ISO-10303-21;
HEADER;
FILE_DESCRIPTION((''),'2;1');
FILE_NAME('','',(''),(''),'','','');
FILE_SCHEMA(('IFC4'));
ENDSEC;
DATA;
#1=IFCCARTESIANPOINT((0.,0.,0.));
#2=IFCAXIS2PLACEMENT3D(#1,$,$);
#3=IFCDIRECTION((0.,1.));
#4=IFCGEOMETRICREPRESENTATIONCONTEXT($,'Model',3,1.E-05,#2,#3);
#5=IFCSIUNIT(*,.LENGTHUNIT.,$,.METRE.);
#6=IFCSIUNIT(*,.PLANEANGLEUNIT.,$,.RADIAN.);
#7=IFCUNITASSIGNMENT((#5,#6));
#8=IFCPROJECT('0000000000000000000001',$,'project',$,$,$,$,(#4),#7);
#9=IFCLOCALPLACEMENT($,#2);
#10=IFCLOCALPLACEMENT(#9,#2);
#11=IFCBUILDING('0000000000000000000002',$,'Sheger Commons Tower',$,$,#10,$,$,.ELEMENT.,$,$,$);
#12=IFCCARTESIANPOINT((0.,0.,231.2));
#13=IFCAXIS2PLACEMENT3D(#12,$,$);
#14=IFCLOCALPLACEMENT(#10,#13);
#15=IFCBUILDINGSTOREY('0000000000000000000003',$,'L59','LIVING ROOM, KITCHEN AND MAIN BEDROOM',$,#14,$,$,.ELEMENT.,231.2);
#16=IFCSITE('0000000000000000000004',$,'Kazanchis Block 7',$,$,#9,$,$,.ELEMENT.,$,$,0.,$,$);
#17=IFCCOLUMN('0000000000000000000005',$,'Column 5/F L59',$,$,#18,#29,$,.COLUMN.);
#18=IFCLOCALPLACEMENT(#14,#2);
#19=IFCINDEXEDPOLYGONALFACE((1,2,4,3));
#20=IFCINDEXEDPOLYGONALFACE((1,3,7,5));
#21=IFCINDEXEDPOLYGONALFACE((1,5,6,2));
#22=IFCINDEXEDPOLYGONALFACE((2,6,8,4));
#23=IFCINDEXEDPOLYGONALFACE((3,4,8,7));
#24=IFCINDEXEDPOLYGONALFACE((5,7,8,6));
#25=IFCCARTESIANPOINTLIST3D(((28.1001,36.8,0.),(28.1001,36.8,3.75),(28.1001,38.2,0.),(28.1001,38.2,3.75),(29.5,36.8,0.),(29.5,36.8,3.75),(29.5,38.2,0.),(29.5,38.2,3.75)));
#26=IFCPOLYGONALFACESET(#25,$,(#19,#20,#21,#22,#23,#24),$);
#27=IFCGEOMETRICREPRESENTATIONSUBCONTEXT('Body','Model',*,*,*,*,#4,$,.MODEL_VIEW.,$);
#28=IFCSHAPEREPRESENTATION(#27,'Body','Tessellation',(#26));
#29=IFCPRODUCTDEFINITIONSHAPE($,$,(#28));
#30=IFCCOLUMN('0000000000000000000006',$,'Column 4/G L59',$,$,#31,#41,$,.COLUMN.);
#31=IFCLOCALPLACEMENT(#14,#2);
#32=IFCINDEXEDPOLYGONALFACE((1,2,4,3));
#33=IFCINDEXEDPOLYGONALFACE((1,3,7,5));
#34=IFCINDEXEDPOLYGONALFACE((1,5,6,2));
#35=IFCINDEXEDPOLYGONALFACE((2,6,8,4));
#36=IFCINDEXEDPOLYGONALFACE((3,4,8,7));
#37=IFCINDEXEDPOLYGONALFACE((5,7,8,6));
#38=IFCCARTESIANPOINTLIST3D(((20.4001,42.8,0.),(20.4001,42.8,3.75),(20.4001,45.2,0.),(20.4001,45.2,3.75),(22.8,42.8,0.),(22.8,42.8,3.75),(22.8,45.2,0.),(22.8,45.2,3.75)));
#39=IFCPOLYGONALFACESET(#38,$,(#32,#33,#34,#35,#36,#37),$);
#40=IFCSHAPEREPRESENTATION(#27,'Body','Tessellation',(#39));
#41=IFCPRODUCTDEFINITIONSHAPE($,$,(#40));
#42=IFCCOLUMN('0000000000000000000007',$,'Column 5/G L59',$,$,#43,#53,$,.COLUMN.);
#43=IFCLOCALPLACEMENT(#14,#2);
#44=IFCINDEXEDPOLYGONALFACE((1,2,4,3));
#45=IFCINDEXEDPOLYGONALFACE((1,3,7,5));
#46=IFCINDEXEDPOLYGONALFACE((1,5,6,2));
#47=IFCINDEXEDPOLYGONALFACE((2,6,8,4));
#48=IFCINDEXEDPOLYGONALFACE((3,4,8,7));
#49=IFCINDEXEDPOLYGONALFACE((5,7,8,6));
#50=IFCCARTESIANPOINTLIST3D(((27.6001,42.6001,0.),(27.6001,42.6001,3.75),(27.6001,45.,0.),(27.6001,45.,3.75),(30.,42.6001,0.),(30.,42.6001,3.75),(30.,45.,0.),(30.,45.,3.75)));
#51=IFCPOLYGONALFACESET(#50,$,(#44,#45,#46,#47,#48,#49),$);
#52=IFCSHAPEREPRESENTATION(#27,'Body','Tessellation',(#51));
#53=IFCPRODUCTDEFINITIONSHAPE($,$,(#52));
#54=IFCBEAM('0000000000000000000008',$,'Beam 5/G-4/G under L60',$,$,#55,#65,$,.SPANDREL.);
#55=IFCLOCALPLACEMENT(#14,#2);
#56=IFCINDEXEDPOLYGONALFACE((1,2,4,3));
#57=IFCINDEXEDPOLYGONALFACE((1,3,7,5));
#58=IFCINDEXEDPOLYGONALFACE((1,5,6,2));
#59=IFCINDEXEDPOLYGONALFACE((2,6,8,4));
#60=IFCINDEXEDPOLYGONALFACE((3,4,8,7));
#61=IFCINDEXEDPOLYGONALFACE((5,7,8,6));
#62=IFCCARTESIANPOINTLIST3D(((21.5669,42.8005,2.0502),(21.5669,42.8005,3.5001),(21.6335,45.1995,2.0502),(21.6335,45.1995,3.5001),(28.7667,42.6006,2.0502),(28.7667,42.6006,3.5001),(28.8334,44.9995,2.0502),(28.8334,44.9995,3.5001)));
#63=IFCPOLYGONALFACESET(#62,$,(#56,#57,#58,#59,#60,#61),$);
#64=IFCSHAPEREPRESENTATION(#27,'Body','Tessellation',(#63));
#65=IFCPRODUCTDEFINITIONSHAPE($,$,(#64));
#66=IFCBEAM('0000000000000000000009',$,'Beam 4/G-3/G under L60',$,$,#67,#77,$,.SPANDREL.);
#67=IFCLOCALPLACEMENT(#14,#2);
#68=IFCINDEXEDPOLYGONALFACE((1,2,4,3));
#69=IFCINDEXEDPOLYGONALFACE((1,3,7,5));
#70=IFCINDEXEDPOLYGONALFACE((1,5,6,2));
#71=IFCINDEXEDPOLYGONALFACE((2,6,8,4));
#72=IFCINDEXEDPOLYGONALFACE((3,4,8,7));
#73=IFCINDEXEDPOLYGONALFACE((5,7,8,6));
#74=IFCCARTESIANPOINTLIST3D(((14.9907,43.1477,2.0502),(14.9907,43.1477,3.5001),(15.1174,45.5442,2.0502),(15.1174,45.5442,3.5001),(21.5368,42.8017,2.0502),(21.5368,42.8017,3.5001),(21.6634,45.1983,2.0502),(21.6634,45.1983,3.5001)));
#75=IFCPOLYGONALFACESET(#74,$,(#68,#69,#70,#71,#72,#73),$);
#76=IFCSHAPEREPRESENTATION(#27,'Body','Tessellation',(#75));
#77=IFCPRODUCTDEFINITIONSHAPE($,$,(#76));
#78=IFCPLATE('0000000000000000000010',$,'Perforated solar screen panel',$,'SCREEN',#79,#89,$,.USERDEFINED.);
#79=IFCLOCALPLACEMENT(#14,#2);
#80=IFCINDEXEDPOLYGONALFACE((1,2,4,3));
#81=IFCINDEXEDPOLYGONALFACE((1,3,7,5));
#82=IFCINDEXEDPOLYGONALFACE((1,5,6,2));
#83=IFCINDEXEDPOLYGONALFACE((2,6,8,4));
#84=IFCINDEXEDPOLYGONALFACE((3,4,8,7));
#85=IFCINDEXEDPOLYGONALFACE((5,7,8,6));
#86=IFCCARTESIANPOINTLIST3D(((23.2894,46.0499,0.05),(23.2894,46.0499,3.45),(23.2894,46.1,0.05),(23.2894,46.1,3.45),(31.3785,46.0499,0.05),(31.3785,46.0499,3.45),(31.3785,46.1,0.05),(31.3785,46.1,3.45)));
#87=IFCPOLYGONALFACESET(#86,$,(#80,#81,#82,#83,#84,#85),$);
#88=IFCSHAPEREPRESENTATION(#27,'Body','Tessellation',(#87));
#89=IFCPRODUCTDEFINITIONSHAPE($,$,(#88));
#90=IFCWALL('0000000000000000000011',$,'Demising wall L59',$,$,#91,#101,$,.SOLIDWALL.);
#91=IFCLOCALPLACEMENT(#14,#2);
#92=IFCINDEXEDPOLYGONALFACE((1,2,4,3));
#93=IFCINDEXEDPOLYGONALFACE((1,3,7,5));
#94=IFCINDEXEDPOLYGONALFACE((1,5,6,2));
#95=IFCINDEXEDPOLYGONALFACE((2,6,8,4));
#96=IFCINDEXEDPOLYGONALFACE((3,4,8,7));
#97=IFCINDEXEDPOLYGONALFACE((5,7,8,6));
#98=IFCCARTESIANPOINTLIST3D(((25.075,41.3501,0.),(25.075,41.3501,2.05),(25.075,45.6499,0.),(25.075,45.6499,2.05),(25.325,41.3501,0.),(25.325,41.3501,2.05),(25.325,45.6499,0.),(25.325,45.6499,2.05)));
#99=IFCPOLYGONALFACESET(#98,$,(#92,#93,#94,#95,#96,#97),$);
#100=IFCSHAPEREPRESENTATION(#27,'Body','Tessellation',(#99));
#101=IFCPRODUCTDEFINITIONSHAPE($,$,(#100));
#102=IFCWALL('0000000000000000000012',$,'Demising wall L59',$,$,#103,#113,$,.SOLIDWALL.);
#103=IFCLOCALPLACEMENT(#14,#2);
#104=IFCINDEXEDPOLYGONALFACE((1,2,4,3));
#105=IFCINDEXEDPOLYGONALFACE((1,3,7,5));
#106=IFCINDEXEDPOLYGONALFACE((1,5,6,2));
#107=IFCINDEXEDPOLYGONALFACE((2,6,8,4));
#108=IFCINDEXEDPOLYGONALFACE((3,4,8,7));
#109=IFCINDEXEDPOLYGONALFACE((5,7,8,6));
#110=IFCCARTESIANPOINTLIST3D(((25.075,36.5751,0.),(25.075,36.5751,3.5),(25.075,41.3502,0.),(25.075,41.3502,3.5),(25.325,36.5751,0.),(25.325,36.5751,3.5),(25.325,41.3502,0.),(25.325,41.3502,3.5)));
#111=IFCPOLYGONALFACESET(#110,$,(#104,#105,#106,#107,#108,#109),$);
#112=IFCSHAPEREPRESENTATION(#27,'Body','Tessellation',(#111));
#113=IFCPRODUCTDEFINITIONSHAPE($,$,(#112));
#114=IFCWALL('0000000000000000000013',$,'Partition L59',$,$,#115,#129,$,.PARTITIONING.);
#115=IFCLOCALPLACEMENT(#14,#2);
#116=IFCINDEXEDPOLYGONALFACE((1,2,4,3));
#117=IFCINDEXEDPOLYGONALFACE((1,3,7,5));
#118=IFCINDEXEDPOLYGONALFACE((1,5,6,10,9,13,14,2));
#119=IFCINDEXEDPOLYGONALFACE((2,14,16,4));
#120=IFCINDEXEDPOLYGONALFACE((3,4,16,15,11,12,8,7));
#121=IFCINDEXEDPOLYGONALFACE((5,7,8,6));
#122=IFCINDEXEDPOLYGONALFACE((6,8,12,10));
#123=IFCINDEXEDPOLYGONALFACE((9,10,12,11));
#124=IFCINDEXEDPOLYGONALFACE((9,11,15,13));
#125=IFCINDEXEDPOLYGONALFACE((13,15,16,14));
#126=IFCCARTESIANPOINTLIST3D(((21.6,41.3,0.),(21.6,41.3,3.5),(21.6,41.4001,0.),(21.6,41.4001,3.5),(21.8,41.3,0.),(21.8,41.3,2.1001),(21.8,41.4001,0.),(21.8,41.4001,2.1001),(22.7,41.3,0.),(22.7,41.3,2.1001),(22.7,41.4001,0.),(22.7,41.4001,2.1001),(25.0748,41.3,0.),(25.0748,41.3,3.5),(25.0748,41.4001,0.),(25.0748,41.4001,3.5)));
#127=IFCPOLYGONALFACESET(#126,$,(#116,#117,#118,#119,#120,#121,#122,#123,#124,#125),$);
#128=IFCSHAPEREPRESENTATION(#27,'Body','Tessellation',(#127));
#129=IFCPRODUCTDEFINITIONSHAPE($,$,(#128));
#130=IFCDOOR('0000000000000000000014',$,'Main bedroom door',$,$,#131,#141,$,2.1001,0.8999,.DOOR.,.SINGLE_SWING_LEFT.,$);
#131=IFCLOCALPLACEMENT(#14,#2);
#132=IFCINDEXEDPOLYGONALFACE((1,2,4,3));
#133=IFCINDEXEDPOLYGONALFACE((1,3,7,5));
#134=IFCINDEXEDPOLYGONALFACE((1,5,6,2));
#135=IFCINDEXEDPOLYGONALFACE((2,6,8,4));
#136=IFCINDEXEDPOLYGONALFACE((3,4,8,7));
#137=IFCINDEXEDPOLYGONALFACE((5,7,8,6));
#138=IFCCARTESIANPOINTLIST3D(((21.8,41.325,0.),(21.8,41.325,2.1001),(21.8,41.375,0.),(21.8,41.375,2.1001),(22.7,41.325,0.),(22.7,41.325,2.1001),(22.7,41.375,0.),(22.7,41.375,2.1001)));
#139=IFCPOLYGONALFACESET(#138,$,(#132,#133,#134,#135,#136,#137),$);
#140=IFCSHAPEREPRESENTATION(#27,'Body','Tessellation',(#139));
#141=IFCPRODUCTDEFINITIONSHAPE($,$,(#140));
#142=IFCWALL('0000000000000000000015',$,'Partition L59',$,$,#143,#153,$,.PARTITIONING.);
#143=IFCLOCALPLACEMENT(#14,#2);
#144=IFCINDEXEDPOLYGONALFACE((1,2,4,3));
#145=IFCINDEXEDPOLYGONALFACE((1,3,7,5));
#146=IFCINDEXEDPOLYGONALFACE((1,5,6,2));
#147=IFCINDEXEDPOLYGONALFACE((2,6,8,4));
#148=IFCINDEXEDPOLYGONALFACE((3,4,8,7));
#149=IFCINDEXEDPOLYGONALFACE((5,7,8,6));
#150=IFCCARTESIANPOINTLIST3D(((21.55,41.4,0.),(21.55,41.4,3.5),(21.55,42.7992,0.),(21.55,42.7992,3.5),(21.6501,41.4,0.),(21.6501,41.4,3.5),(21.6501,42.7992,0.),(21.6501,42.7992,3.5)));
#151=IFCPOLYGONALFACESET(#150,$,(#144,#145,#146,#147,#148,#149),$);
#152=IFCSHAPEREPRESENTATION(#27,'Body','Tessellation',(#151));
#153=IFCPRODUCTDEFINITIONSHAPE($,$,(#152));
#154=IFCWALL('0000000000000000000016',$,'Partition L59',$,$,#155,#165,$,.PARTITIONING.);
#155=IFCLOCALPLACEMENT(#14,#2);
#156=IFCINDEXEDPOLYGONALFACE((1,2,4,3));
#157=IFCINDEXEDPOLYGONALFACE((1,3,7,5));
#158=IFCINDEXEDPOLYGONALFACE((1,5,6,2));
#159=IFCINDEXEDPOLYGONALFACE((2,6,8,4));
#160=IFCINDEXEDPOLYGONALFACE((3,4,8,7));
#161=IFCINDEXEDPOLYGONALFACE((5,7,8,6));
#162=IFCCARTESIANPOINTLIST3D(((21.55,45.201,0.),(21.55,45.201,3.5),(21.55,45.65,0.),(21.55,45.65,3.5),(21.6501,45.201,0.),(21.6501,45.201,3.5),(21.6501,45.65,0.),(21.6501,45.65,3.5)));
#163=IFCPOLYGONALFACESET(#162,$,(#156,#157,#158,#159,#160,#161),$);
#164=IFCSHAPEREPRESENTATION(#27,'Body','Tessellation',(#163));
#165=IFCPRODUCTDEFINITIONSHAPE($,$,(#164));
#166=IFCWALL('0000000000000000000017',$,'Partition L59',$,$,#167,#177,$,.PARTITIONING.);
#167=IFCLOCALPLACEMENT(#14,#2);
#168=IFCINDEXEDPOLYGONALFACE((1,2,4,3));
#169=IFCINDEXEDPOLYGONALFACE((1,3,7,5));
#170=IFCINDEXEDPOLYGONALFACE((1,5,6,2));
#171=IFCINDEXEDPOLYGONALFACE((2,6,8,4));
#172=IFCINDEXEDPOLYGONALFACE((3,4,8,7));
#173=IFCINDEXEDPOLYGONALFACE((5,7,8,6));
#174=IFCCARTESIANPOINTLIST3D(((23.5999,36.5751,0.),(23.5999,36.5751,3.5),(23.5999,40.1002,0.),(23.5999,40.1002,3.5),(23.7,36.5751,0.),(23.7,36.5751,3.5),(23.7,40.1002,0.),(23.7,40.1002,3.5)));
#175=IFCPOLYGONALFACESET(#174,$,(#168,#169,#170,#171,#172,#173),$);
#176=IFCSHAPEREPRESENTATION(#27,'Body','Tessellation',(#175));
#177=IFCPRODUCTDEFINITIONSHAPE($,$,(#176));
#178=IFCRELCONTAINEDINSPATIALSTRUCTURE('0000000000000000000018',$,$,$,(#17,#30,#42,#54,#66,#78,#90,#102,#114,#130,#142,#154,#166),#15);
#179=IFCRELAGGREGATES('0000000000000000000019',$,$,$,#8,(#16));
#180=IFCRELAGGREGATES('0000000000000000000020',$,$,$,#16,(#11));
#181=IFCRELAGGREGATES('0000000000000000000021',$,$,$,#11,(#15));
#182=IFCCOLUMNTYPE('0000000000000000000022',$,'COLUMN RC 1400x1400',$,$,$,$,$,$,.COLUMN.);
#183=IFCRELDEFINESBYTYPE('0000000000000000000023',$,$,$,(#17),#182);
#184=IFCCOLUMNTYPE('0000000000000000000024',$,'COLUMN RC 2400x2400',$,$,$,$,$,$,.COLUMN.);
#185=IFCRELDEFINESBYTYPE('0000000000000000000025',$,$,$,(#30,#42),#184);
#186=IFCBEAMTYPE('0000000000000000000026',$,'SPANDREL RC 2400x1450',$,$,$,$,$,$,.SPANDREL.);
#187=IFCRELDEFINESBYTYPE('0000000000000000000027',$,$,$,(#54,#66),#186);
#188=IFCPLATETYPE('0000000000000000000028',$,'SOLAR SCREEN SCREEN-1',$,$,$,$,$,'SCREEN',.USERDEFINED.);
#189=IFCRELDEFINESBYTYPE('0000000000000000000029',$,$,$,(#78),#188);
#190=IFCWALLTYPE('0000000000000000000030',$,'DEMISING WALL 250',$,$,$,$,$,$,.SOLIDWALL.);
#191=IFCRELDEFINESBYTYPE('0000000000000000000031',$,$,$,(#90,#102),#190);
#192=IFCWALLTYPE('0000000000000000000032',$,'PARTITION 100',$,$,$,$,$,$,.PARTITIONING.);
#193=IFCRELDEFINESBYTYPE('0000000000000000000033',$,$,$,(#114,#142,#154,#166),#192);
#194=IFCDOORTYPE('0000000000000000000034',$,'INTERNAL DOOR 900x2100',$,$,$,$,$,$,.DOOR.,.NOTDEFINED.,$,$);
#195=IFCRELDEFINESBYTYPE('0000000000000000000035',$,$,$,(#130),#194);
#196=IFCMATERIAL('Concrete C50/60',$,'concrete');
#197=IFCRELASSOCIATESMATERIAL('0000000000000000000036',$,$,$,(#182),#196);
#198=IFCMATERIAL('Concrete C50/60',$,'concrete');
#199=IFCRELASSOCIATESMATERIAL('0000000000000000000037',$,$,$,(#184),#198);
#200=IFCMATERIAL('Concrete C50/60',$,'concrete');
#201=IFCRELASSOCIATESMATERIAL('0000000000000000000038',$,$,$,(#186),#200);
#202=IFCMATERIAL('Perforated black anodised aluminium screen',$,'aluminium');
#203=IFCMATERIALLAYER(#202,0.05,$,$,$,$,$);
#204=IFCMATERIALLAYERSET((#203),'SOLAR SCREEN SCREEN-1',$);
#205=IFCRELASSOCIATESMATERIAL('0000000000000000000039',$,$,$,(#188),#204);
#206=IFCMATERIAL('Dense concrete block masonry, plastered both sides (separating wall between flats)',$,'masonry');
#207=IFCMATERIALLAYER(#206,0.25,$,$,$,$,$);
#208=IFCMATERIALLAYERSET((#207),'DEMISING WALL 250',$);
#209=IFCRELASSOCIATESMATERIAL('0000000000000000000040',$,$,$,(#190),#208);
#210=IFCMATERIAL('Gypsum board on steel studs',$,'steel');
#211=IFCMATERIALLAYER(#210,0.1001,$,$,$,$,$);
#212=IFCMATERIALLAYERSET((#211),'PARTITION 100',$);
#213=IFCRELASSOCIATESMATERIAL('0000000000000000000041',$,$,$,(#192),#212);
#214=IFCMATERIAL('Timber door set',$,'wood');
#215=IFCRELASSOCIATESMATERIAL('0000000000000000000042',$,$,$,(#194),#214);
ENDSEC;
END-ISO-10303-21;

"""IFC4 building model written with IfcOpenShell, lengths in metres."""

from ifc_helpers import new_model, si_unit, direction, frame, frame_2d, origin, origin_2d, place, context, subcontext, project, spatial, rectangle, extrude, material, layer, layer_set, material_profile, profile_set, type_object, element, fill, save


model = new_model("IFC4")

# Units and contexts
model_context = context("Model", 3, precision=1e-05, world=origin(), true_north=direction((0.0, 1.0)))
body_context = subcontext(model_context, "Body", "Model", "MODEL_VIEW")
ifc_project = project(units=[si_unit("LENGTHUNIT", "METRE"), si_unit("PLANEANGLEUNIT", "RADIAN")], contexts=[model_context])

# Site, building, storey
site_placement = place(None, origin())
site = spatial("IfcSite", under=ifc_project, at=site_placement, Name="Kazanchis Block 7", CompositionType="ELEMENT", RefElevation=0.0)
building_placement = place(site_placement, origin())
building = spatial("IfcBuilding", under=site, at=building_placement, Name="Sheger Commons Tower", CompositionType="ELEMENT")
storey_placement = place(building_placement, frame((0.0, 0.0, 231.2)))
storey = spatial("IfcBuildingStorey", under=building, at=storey_placement, Name="L59", Description="LIVING ROOM, KITCHEN AND MAIN BEDROOM", CompositionType="ELEMENT", Elevation=231.2)

# Columns
ifc_material_1 = material(Name="Concrete C50/60", Category="concrete")
ifc_material_profile_1 = material_profile(ifc_material_1, rectangle(XDim=1.3999, YDim=1.3999, at=origin_2d()), Name="RC 1400x1400")
ifc_profile_set_1 = profile_set([ifc_material_profile_1], Name="Concrete C50/60")
column_type_1 = type_object("IfcColumnType", Name="COLUMN RC 1400x1400", PredefinedType="COLUMN", material=ifc_profile_set_1)
column_placement = place(storey_placement, frame((28.8, 37.5, 0.0), z_axis=(0.0, 0.0, 1.0), x_axis=(1.0, 0.0, 0.0)))
element("IfcColumn", 1, at=column_placement, inside=storey, type_object=column_type_1, Name="Column 5/F L59", PredefinedType="COLUMN", context=body_context, shape_type="SweptSolid", body=[
    extrude(rectangle(XDim=1.3999, YDim=1.3999, at=origin_2d()), origin(), (0.0, 0.0, 1.0), 3.75),
])
ifc_material_2 = material(Name="Concrete C50/60", Category="concrete")
ifc_material_profile_2 = material_profile(ifc_material_2, rectangle(XDim=2.3999, YDim=2.3999, at=origin_2d()), Name="RC 2400x2400")
ifc_profile_set_2 = profile_set([ifc_material_profile_2], Name="Concrete C50/60")
column_type_2 = type_object("IfcColumnType", Name="COLUMN RC 2400x2400", PredefinedType="COLUMN", material=ifc_profile_set_2)
for number, where, z_axis, x_axis, name in (
    (2, (21.6001, 44.0, 0.0), (0.0, 0.0, 1.0), (1.0, 0.0, 0.0), "Column 4/G L59"),
    (3, (28.8, 43.8, 0.0), (0.0, 0.0, 1.0), (1.0, 0.0, 0.0), "Column 5/G L59"),
):
    element("IfcColumn", number, at=place(storey_placement, frame(where, z_axis=z_axis, x_axis=x_axis)), inside=storey, type_object=column_type_2, Name=name, PredefinedType="COLUMN", context=body_context, shape_type="SweptSolid", body=[
        extrude(rectangle(XDim=2.3999, YDim=2.3999, at=origin_2d()), origin(), (0.0, 0.0, 1.0), 3.75),
    ])

# Beams
ifc_material_3 = material(Name="Concrete C50/60", Category="concrete")
ifc_material_profile_3 = material_profile(ifc_material_3, rectangle(XDim=2.3999, YDim=1.45, at=origin_2d()), Name="RC 2400x1450")
ifc_profile_set_3 = profile_set([ifc_material_profile_3], Name="Concrete C50/60")
beam_type = type_object("IfcBeamType", Name="SPANDREL RC 2400x1450", PredefinedType="SPANDREL", material=ifc_profile_set_3)
beam_1_placement = place(storey_placement, frame((28.8, 43.8, 2.7751), z_axis=(-0.999615, 0.02776, 0.0), x_axis=(-0.02776, -0.999615, 0.0)))
element("IfcBeam", 4, at=beam_1_placement, inside=storey, type_object=beam_type, Name="Beam 5/G-4/G under L60", PredefinedType="SPANDREL", context=body_context, shape_type="SweptSolid", body=[
    extrude(rectangle(XDim=2.3999, YDim=1.45, at=origin_2d()), origin(), (0.0, 0.0, 1.0), 7.2026),
])
beam_2_placement = place(storey_placement, frame((21.6001, 44.0, 2.7751), z_axis=(-0.998606, 0.052774, 0.0), x_axis=(-0.052774, -0.998606, 0.0)))
element("IfcBeam", 5, at=beam_2_placement, inside=storey, type_object=beam_type, Name="Beam 4/G-3/G under L60", PredefinedType="SPANDREL", context=body_context, shape_type="SweptSolid", body=[
    extrude(rectangle(XDim=2.3999, YDim=1.45, at=origin_2d()), origin(), (0.0, 0.0, 1.0), 6.5552),
])

# Plate
ifc_material_4 = material(Name="Perforated black anodised aluminium screen", Category="aluminium")
ifc_layer_1 = layer(ifc_material_4, 0.05)
ifc_layer_set_1 = layer_set([ifc_layer_1], Name="SOLAR SCREEN SCREEN-1")
plate_type = type_object("IfcPlateType", Name="SOLAR SCREEN SCREEN-1", ElementType="SCREEN", PredefinedType="USERDEFINED", material=ifc_layer_set_1)
plate_placement = place(storey_placement, frame((27.334, 46.075, 0.05), z_axis=(0.0, 0.0, 1.0), x_axis=(-1.0, 0.0, 0.0)))
element("IfcPlate", 6, at=plate_placement, inside=storey, type_object=plate_type, Name="Perforated solar screen panel", ObjectType="SCREEN", PredefinedType="USERDEFINED", context=body_context, shape_type="SweptSolid", body=[
    extrude(rectangle(XDim=8.0891, YDim=0.05, at=origin_2d()), origin(), (0.0, 0.0, 1.0), 3.3999),
])

# Walls
ifc_material_5 = material(Name="Dense concrete block masonry, plastered both sides (separating wall between flats)", Category="masonry")
ifc_layer_2 = layer(ifc_material_5, 0.25)
ifc_layer_set_2 = layer_set([ifc_layer_2], Name="DEMISING WALL 250")
wall_type_1 = type_object("IfcWallType", Name="DEMISING WALL 250", PredefinedType="SOLIDWALL", material=ifc_layer_set_2)
wall_1_placement = place(storey_placement, frame((25.2, 41.3501, 0.0), z_axis=(0.0, 0.0, 1.0), x_axis=(0.0, 1.0, 0.0)))
element("IfcWall", 7, at=wall_1_placement, inside=storey, type_object=wall_type_1, Name="Demising wall L59", PredefinedType="SOLIDWALL", context=body_context, shape_type="SweptSolid", body=[
    extrude(rectangle(XDim=4.2998, YDim=0.25, at=frame_2d((2.1499, 0.0))), origin(), (0.0, 0.0, 1.0), 2.05),
])
wall_2_placement = place(storey_placement, frame((25.2, 36.575, 0.0), z_axis=(0.0, 0.0, 1.0), x_axis=(0.0, 1.0, 0.0)))
element("IfcWall", 8, at=wall_2_placement, inside=storey, type_object=wall_type_1, Name="Demising wall L59", PredefinedType="SOLIDWALL", context=body_context, shape_type="SweptSolid", body=[
    extrude(rectangle(XDim=4.7751, YDim=0.25, at=frame_2d((2.3877, 0.0))), origin(), (0.0, 0.0, 1.0), 3.5),
])

# Wall, opening, door
ifc_material_6 = material(Name="Gypsum board on steel studs", Category="steel")
ifc_layer_3 = layer(ifc_material_6, 0.1001)
ifc_layer_set_3 = layer_set([ifc_layer_3], Name="PARTITION 100")
wall_type_2 = type_object("IfcWallType", Name="PARTITION 100", PredefinedType="PARTITIONING", material=ifc_layer_set_3)
wall_3_placement = place(storey_placement, frame((21.6001, 41.3501, 0.0), z_axis=(0.0, 0.0, 1.0), x_axis=(1.0, 0.0, 0.0)))
wall_3 = element("IfcWall", 9, at=wall_3_placement, inside=storey, type_object=wall_type_2, Name="Partition L59", PredefinedType="PARTITIONING", context=body_context, shape_type="SweptSolid", body=[
    extrude(rectangle(XDim=3.4749, YDim=0.1001, at=frame_2d((1.7373, 0.0))), origin(), (0.0, 0.0, 1.0), 3.5),
])
opening_1_placement = place(wall_3_placement, frame((0.2, 0.0, 0.0)))
opening_1 = element("IfcOpeningElement", 10, at=opening_1_placement, cuts=wall_3, PredefinedType="OPENING", context=body_context, shape_type="SweptSolid", body=[
    extrude(rectangle(XDim=0.8999, YDim=2.1001, at=frame_2d((0.45, 1.05))), frame((0.0, 0.0601, 0.0), z_axis=(0.0, -1.0, 0.0), x_axis=(1.0, 0.0, 0.0)), (0.0, 0.0, 1.0), 0.1201),
])
ifc_material_7 = material(Name="Timber door set", Category="wood")
door_type = type_object("IfcDoorType", Name="INTERNAL DOOR 900x2100", OperationType="NOTDEFINED", PredefinedType="DOOR", material=ifc_material_7)
door_1_placement = place(opening_1_placement, origin())
door_1 = element("IfcDoor", 11, at=door_1_placement, inside=storey, type_object=door_type, Name="Main bedroom door", OperationType="SINGLE_SWING_LEFT", OverallHeight=2.1001, OverallWidth=0.8999, PredefinedType="DOOR", context=body_context, shape_type="SweptSolid", body=[
    extrude(rectangle(XDim=0.8999, YDim=2.1001, at=frame_2d((0.45, 1.05))), frame((0.0, 0.0249, 0.0), z_axis=(0.0, -1.0, 0.0), x_axis=(1.0, 0.0, 0.0)), (0.0, 0.0, 1.0), 0.05),
])
fill(opening_1, door_1)

# Walls
wall_4_placement = place(storey_placement, frame((21.6001, 41.3999, 0.0), z_axis=(0.0, 0.0, 1.0), x_axis=(0.0, 1.0, 0.0)))
element("IfcWall", 12, at=wall_4_placement, inside=storey, type_object=wall_type_2, Name="Partition L59", PredefinedType="PARTITIONING", context=body_context, shape_type="SweptSolid", body=[
    extrude(rectangle(XDim=1.3992, YDim=0.1001, at=frame_2d((0.6997, 0.0))), origin(), (0.0, 0.0, 1.0), 3.5),
])
wall_5_placement = place(storey_placement, frame((21.6001, 45.2009, 0.0), z_axis=(0.0, 0.0, 1.0), x_axis=(0.0, 1.0, 0.0)))
element("IfcWall", 13, at=wall_5_placement, inside=storey, type_object=wall_type_2, Name="Partition L59", PredefinedType="PARTITIONING", context=body_context, shape_type="SweptSolid", body=[
    extrude(rectangle(XDim=0.449, YDim=0.1001, at=frame_2d((0.2246, 0.0))), origin(), (0.0, 0.0, 1.0), 3.5),
])
wall_6_placement = place(storey_placement, frame((23.6499, 36.575, 0.0), z_axis=(0.0, 0.0, 1.0), x_axis=(0.0, 1.0, 0.0)))
element("IfcWall", 14, at=wall_6_placement, inside=storey, type_object=wall_type_2, Name="Partition L59", PredefinedType="PARTITIONING", context=body_context, shape_type="SweptSolid", body=[
    extrude(rectangle(XDim=3.5251, YDim=0.1001, at=frame_2d((1.7627, 0.0))), origin(), (0.0, 0.0, 1.0), 3.5),
])

save(model, "model.ifc")
